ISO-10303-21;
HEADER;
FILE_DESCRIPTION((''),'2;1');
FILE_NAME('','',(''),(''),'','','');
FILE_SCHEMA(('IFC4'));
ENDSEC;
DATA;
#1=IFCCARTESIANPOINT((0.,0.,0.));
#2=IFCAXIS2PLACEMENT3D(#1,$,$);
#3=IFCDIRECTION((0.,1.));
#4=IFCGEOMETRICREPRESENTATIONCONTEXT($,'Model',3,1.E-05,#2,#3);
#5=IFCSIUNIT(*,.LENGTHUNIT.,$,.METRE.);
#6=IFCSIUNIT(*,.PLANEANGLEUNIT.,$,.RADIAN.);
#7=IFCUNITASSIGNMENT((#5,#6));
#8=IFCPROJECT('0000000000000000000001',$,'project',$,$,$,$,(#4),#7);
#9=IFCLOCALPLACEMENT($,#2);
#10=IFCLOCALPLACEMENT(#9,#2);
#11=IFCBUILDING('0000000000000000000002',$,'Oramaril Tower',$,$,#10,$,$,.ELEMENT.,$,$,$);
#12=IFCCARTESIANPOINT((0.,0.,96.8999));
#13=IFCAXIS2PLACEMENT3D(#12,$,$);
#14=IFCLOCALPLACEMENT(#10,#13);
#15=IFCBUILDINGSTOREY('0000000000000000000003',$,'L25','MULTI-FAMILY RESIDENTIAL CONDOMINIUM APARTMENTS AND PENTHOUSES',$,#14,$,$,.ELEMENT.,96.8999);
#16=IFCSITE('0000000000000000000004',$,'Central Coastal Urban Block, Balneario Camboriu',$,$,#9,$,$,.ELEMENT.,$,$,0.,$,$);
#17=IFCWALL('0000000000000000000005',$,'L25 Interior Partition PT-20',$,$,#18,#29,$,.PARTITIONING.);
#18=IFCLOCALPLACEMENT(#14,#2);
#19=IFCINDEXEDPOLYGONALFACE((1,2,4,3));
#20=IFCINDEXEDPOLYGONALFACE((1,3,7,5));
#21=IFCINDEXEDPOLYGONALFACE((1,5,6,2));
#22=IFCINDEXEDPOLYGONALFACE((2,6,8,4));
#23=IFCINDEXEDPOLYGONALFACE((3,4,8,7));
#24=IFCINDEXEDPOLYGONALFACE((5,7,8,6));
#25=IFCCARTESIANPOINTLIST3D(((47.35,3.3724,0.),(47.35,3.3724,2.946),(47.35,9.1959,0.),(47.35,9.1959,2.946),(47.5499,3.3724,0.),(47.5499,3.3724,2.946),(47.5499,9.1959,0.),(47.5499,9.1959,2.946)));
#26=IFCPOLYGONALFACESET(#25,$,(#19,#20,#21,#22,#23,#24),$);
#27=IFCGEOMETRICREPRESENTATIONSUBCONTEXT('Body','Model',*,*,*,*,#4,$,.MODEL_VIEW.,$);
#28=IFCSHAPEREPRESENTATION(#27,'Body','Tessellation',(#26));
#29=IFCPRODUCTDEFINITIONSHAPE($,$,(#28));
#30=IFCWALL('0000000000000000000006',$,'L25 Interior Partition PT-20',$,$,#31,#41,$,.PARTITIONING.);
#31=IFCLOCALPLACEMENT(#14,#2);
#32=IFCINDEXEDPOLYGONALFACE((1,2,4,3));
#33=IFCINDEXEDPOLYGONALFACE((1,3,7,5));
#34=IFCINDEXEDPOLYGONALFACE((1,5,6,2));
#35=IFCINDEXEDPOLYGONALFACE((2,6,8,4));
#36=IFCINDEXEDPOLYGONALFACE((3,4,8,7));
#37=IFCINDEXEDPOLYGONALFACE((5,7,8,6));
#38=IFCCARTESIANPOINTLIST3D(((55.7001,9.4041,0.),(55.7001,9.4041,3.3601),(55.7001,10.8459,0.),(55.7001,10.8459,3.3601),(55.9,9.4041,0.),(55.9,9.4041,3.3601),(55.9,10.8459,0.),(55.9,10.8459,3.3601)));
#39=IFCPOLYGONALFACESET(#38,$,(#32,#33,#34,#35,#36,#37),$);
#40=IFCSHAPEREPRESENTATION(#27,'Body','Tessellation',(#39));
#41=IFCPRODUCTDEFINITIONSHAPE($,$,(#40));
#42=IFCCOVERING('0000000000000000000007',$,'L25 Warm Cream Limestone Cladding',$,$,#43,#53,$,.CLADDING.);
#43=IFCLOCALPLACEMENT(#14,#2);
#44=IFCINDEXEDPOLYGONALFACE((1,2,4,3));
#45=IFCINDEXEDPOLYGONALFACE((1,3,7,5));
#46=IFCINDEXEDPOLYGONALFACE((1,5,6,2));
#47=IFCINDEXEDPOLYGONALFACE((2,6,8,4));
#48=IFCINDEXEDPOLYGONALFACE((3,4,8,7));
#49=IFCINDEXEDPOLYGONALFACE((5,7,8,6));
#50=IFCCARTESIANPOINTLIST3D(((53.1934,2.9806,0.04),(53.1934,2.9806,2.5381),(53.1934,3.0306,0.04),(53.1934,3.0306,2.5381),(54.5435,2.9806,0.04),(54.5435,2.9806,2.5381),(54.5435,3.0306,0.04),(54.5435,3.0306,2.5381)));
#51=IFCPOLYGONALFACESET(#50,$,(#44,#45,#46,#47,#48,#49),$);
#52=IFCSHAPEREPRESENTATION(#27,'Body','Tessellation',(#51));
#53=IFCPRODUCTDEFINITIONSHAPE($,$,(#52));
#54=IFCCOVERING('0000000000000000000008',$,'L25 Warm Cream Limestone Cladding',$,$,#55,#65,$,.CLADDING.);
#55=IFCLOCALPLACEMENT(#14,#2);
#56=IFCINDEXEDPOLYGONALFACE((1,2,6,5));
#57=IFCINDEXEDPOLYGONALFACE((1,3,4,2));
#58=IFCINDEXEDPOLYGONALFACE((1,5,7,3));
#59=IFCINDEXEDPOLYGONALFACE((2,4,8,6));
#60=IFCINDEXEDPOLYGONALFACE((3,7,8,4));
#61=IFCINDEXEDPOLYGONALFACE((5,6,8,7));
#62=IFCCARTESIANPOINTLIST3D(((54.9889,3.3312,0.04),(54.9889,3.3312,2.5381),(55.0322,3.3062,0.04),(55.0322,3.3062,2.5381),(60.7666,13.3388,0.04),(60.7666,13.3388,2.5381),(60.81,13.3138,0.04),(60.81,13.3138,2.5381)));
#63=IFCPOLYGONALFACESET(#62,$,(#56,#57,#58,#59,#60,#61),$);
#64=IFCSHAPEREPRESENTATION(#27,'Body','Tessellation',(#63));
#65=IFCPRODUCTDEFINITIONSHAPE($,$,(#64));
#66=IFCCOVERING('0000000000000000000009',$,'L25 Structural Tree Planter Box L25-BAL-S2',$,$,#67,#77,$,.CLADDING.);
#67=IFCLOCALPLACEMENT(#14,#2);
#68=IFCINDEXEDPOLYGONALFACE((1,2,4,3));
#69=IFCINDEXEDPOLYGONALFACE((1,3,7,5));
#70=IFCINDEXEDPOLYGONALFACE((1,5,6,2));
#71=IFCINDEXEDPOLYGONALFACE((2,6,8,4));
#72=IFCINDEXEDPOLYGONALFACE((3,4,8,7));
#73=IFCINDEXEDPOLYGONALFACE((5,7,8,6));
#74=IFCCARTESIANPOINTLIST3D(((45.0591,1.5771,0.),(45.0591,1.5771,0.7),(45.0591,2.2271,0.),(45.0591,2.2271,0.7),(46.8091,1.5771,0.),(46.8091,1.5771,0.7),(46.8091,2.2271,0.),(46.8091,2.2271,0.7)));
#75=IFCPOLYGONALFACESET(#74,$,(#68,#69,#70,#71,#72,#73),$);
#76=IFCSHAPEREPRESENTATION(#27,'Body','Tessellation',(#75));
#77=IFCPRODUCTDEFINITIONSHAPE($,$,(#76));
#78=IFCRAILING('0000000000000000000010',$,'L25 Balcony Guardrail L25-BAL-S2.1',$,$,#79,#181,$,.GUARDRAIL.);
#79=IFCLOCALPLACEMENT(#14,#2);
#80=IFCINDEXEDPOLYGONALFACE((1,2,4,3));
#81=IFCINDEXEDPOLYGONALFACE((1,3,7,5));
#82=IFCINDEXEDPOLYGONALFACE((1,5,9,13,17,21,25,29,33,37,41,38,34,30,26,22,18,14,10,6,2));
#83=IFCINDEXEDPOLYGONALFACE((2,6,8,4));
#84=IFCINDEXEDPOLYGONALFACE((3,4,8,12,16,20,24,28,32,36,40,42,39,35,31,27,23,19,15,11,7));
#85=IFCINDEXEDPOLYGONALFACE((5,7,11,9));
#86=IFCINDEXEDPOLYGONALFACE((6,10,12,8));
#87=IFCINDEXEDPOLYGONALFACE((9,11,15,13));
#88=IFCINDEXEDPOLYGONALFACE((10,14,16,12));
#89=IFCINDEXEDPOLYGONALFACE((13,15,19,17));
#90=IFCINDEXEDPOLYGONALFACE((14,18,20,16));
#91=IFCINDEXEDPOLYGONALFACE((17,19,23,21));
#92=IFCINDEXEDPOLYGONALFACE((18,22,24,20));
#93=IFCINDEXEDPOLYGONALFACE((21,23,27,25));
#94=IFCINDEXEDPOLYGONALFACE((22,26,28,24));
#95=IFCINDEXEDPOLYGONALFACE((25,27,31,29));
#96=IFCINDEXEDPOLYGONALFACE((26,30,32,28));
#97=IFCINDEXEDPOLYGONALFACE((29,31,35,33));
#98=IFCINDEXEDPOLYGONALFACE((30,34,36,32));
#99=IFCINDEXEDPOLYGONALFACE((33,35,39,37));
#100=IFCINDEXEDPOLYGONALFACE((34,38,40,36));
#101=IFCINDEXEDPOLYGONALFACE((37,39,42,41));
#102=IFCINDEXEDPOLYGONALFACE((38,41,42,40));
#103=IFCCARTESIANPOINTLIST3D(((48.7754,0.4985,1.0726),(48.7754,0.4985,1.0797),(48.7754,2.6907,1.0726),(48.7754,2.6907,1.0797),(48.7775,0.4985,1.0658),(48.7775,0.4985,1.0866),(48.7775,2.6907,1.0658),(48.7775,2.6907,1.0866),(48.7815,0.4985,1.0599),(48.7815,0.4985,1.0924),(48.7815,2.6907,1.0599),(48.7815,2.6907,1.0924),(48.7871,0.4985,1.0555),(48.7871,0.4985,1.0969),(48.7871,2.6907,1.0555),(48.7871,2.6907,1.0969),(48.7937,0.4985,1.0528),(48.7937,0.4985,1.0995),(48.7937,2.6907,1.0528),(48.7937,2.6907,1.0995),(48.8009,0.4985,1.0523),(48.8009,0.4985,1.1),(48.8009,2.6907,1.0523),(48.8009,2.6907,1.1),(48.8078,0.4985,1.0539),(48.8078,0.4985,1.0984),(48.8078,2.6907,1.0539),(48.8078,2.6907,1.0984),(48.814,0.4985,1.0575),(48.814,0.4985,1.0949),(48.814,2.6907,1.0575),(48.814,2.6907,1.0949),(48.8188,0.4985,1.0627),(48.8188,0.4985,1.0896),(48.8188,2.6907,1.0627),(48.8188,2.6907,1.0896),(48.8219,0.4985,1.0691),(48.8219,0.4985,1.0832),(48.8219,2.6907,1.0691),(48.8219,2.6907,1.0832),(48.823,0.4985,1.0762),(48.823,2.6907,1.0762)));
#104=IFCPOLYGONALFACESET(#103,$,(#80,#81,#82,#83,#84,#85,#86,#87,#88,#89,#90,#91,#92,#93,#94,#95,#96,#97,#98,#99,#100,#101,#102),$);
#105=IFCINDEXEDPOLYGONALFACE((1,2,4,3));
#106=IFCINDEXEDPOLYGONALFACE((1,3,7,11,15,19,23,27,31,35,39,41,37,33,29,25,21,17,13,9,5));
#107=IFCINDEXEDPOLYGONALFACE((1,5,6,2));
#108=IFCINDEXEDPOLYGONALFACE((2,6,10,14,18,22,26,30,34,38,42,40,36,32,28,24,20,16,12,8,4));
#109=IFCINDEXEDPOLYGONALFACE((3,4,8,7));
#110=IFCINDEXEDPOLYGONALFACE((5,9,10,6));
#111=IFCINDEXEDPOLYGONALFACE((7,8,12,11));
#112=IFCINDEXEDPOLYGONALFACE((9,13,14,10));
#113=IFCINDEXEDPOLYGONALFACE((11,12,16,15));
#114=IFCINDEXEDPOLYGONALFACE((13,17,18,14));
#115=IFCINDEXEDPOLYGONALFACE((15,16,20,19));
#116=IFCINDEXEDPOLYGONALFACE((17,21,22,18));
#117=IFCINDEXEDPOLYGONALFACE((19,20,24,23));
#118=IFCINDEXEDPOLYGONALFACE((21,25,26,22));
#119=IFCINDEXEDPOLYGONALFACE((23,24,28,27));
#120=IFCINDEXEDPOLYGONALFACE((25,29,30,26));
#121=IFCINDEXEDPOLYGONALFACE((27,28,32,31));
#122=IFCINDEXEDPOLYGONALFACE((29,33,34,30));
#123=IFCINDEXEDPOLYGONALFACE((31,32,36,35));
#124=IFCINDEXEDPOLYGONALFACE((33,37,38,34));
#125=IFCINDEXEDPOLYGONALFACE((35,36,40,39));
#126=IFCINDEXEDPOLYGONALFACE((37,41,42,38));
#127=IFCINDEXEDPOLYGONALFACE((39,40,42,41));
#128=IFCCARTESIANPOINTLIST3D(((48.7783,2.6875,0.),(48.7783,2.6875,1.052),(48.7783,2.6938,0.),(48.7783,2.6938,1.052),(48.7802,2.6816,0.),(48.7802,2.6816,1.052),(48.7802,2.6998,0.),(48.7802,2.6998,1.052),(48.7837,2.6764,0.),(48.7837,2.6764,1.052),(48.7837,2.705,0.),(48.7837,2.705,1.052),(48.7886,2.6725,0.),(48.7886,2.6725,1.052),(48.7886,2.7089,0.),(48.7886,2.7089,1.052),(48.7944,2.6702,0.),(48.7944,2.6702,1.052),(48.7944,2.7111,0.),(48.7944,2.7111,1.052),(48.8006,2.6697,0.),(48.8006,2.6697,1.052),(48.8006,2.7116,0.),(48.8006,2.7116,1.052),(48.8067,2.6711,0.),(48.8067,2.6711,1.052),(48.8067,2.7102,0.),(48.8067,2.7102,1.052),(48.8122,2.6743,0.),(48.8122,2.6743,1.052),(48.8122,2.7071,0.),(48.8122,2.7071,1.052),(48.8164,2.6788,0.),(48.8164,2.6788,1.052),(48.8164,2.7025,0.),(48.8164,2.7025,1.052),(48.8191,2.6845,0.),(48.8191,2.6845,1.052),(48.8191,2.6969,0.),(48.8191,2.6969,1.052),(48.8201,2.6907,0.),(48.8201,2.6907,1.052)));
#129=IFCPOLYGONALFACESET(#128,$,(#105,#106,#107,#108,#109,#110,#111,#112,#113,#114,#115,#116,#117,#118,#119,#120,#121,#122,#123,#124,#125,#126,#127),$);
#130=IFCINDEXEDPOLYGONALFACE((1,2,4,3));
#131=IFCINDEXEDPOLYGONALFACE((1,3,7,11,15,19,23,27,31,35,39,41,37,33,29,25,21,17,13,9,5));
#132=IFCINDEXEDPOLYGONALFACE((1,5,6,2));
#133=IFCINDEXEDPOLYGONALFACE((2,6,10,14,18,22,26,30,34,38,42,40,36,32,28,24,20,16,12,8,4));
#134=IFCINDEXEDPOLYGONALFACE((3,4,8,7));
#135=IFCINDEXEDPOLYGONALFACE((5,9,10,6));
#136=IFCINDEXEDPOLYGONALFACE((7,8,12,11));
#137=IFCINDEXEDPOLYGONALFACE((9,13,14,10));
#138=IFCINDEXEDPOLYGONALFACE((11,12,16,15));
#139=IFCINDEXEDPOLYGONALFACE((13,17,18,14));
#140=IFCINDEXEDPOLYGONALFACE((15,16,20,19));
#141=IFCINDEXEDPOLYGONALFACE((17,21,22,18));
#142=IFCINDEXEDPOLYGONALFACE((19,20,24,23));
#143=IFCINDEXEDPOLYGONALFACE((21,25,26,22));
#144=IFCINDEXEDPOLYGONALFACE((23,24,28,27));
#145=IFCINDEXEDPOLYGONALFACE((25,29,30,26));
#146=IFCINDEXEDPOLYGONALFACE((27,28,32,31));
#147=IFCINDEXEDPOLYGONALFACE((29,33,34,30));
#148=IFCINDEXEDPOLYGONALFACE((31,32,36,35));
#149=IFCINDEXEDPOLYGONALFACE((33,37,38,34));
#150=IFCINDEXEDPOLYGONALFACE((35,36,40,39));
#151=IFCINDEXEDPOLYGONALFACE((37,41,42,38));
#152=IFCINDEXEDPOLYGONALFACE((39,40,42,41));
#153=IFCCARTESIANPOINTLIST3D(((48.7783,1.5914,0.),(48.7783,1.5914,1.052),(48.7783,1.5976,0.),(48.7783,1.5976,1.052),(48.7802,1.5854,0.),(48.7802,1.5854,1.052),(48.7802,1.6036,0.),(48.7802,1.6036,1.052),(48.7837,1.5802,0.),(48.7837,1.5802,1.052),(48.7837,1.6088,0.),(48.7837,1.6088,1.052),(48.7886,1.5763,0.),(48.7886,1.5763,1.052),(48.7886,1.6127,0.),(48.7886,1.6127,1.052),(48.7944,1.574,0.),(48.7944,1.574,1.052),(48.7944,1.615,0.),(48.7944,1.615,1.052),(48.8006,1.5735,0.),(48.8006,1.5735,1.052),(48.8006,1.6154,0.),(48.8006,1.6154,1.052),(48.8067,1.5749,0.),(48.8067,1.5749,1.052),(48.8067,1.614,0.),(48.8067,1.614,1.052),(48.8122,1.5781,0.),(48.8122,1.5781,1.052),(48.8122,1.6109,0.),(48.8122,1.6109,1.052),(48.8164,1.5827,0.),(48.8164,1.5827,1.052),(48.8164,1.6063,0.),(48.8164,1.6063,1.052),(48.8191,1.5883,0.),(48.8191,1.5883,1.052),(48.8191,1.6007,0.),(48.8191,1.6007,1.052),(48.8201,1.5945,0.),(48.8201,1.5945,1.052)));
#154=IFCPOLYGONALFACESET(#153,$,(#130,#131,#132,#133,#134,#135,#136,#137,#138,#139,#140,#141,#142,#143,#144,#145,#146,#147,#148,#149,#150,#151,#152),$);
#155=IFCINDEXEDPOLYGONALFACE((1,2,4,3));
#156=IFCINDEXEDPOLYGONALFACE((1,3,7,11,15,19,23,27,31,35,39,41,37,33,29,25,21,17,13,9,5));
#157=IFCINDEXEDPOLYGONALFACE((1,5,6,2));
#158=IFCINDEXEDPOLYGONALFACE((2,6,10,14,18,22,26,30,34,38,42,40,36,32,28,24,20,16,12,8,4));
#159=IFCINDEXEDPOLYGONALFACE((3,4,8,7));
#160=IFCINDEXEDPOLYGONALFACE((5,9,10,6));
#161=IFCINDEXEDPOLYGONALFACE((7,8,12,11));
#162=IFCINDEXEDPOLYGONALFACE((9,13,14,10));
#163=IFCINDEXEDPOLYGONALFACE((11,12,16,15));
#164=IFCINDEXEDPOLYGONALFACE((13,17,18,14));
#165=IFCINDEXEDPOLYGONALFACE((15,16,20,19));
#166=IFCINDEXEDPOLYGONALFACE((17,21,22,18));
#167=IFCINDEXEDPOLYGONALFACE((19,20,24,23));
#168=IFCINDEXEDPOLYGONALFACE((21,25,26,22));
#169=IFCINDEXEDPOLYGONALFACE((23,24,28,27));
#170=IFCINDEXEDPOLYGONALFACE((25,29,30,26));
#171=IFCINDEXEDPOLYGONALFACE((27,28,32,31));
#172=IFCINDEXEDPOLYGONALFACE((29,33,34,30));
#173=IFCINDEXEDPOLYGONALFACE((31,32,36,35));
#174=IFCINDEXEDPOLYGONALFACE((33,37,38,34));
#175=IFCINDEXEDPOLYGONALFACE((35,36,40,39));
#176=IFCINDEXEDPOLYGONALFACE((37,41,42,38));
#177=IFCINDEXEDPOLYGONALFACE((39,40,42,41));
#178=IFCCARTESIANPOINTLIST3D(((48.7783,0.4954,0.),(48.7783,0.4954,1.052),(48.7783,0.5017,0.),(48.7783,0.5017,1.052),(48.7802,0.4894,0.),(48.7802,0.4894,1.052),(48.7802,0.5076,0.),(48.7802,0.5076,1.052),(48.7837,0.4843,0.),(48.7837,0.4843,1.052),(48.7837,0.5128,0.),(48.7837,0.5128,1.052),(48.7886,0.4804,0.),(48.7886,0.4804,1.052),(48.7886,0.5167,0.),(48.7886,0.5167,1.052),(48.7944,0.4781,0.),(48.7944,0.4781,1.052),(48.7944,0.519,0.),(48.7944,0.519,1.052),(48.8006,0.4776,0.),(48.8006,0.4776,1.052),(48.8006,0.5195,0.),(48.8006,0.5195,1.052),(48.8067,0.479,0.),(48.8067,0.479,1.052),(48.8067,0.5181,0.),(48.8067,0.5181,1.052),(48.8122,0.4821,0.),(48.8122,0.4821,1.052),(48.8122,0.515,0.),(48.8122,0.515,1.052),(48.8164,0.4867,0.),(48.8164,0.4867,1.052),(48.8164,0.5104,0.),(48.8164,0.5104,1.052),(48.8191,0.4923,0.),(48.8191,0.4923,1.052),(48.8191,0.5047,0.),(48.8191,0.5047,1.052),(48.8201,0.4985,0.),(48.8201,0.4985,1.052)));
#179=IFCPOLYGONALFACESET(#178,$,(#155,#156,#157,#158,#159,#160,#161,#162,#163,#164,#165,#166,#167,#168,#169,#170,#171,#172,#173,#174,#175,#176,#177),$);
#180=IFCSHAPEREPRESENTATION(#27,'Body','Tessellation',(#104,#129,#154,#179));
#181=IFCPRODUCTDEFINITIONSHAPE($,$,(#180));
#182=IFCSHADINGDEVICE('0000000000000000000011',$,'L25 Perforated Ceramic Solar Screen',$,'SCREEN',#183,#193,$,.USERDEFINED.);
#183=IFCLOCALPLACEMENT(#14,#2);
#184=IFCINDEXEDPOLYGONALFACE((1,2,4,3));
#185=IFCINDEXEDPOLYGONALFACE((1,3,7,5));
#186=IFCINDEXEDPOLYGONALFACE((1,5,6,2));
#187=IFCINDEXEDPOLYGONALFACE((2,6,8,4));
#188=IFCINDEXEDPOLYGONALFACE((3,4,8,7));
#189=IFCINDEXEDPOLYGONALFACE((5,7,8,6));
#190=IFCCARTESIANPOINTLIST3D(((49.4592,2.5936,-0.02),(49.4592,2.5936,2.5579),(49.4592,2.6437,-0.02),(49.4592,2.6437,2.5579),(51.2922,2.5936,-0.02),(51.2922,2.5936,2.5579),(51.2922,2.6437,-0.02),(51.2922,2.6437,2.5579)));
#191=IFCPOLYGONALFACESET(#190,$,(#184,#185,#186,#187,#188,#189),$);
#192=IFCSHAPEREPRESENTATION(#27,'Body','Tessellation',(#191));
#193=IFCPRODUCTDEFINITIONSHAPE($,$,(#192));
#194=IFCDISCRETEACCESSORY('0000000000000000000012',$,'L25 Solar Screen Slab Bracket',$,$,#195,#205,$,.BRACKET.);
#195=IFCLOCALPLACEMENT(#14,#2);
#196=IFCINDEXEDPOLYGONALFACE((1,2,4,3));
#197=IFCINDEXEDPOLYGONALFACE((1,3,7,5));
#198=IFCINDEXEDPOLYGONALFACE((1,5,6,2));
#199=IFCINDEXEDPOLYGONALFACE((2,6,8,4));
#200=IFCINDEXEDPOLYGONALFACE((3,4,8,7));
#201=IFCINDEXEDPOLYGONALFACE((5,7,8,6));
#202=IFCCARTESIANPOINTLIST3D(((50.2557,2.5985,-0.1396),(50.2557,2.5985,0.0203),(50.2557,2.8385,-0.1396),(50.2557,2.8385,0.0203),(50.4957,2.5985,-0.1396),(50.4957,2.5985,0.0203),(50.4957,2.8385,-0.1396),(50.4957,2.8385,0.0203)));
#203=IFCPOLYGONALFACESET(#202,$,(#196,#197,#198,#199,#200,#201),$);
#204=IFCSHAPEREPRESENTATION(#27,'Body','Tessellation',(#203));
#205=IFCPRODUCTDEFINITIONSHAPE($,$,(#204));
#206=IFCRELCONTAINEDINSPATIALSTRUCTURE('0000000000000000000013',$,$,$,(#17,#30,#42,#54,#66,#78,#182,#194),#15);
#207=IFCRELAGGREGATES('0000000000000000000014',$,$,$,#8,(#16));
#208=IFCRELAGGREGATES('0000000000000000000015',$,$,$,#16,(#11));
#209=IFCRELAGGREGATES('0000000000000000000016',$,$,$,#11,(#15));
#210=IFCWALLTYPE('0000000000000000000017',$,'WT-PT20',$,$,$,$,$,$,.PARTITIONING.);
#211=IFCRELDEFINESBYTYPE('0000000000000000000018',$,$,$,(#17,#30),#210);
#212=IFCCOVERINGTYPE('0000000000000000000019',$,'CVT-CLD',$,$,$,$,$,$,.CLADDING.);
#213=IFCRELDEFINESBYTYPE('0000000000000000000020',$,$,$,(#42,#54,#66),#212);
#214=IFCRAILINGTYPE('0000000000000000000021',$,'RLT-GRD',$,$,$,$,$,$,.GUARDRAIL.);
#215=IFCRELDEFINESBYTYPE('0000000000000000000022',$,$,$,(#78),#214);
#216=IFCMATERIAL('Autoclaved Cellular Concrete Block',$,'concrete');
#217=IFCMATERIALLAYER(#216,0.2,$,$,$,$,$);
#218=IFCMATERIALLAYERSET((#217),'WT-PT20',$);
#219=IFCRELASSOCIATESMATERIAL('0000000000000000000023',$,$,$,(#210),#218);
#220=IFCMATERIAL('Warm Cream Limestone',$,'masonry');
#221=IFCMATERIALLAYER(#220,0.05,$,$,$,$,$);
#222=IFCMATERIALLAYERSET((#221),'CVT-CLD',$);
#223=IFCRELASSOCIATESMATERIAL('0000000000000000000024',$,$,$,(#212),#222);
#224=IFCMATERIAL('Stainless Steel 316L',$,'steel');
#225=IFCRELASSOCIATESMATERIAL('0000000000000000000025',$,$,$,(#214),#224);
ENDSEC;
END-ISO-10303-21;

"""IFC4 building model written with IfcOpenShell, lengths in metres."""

from ifc_helpers import new_model, si_unit, direction, frame, frame_2d, origin, origin_2d, place, context, subcontext, project, spatial, rectangle, circle, extrude, material, layer, layer_set, type_object, element, save


model = new_model("IFC4")

# Units and contexts
model_context = context("Model", 3, precision=1e-05, world=origin(), true_north=direction((0.0, 1.0)))
body_context = subcontext(model_context, "Body", "Model", "MODEL_VIEW")
ifc_project = project(units=[si_unit("LENGTHUNIT", "METRE"), si_unit("PLANEANGLEUNIT", "RADIAN")], contexts=[model_context])

# Site, building, storey
site_placement = place(None, origin())
site = spatial("IfcSite", under=ifc_project, at=site_placement, Name="Central Coastal Urban Block, Balneario Camboriu", CompositionType="ELEMENT", RefElevation=0.0)
building_placement = place(site_placement, origin())
building = spatial("IfcBuilding", under=site, at=building_placement, Name="Oramaril Tower", CompositionType="ELEMENT")
storey_placement = place(building_placement, frame((0.0, 0.0, 96.8999)))
storey = spatial("IfcBuildingStorey", under=building, at=storey_placement, Name="L25", Description="MULTI-FAMILY RESIDENTIAL CONDOMINIUM APARTMENTS AND PENTHOUSES", CompositionType="ELEMENT", Elevation=96.8999)

# Walls
ifc_material_1 = material(Name="Autoclaved Cellular Concrete Block", Category="concrete")
ifc_layer_1 = layer(ifc_material_1, 0.2)
ifc_layer_set_1 = layer_set([ifc_layer_1], Name="WT-PT20")
wall_type_1 = type_object("IfcWallType", Name="WT-PT20", PredefinedType="PARTITIONING", material=ifc_layer_set_1)
wall_1_placement = place(storey_placement, frame((47.45, 3.3726, 0.0), z_axis=(0.0, 0.0, 1.0), x_axis=(0.0, 1.0, 0.0)))
element("IfcWall", 1, at=wall_1_placement, inside=storey, type_object=wall_type_1, Name="L25 Interior Partition PT-20", PredefinedType="PARTITIONING", context=body_context, shape_type="SweptSolid", body=[
    extrude(rectangle(XDim=5.8235, YDim=0.2, at=frame_2d((2.9116, 0.0))), origin(), (0.0, 0.0, 1.0), 2.946),
])
wall_2_placement = place(storey_placement, frame((55.8, 9.4041, 0.0), z_axis=(0.0, 0.0, 1.0), x_axis=(0.0, 1.0, 0.0)))
element("IfcWall", 2, at=wall_2_placement, inside=storey, type_object=wall_type_1, Name="L25 Interior Partition PT-20", PredefinedType="PARTITIONING", context=body_context, shape_type="SweptSolid", body=[
    extrude(rectangle(XDim=1.4419, YDim=0.2, at=frame_2d((0.7209, 0.0))), origin(), (0.0, 0.0, 1.0), 3.3601),
])

# Coverings
ifc_material_2 = material(Name="Warm Cream Limestone", Category="masonry")
ifc_layer_2 = layer(ifc_material_2, 0.05)
ifc_layer_set_2 = layer_set([ifc_layer_2], Name="CVT-CLD")
covering_type = type_object("IfcCoveringType", Name="CVT-CLD", PredefinedType="CLADDING", material=ifc_layer_set_2)
covering_1_placement = place(storey_placement, frame((53.8684, 3.0056, 0.04), z_axis=(0.0, 0.0, 1.0), x_axis=(1.0, 0.0, 0.0)))
element("IfcCovering", 3, at=covering_1_placement, inside=storey, type_object=covering_type, Name="L25 Warm Cream Limestone Cladding", PredefinedType="CLADDING", context=body_context, shape_type="SweptSolid", body=[
    extrude(rectangle(XDim=1.3501, YDim=0.05, at=origin_2d()), origin(), (0.0, 0.0, 1.0), 2.498),
])
covering_2_placement = place(storey_placement, frame((57.8994, 8.3225, 0.04), z_axis=(0.0, 0.0, 1.0), x_axis=(0.499992, 0.86603, 0.0)))
element("IfcCovering", 4, at=covering_2_placement, inside=storey, type_object=covering_type, Name="L25 Warm Cream Limestone Cladding", PredefinedType="CLADDING", context=body_context, shape_type="SweptSolid", body=[
    extrude(rectangle(XDim=11.5557, YDim=0.05, at=origin_2d()), origin(), (0.0, 0.0, 1.0), 2.498),
])
covering_3_placement = place(storey_placement, frame((45.9341, 1.9021, 0.0), z_axis=(0.0, 0.0, 1.0), x_axis=(1.0, 0.0, 0.0)))
element("IfcCovering", 5, at=covering_3_placement, inside=storey, type_object=covering_type, Name="L25 Structural Tree Planter Box L25-BAL-S2", PredefinedType="CLADDING", context=body_context, shape_type="SweptSolid", body=[
    extrude(rectangle(XDim=1.75, YDim=0.6499, at=origin_2d()), origin(), (0.0, 0.0, 1.0), 0.7),
])

# Railing
ifc_material_3 = material(Name="Stainless Steel 316L", Category="steel")
railing_type = type_object("IfcRailingType", Name="RLT-GRD", PredefinedType="GUARDRAIL", material=ifc_material_3)
railing_1_placement = place(storey_placement, frame((48.7991, 2.6907, 0.0)))
element("IfcRailing", 6, at=railing_1_placement, inside=storey, type_object=railing_type, Name="L25 Balcony Guardrail L25-BAL-S2.1", PredefinedType="GUARDRAIL", context=body_context, shape_type="SweptSolid", body=[
    extrude(circle(Radius=0.0239, at=origin_2d()), frame((0.0, 0.0, 1.0762), z_axis=(0.0, -1.0, 0.0), x_axis=(1.0, 0.0, 0.0)), (0.0, 0.0, 1.0), 2.1921),
    extrude(circle(Radius=0.021, at=origin_2d()), origin(), (0.0, 0.0, 1.0), 1.052),
    extrude(circle(Radius=0.021, at=origin_2d()), frame((0.0, -1.0962, 0.0)), (0.0, 0.0, 1.0), 1.052),
    extrude(circle(Radius=0.021, at=origin_2d()), frame((0.0, -2.1921, 0.0)), (0.0, 0.0, 1.0), 1.052),
])

# Shading device
shading_device_placement = place(storey_placement, frame((50.3757, 2.6187, -0.02), z_axis=(0.0, 0.0, 1.0), x_axis=(1.0, 0.0, 0.0)))
element("IfcShadingDevice", 7, at=shading_device_placement, inside=storey, Name="L25 Perforated Ceramic Solar Screen", ObjectType="SCREEN", PredefinedType="USERDEFINED", context=body_context, shape_type="SweptSolid", body=[
    extrude(rectangle(XDim=1.833, YDim=0.05, at=origin_2d()), origin(), (0.0, 0.0, 1.0), 2.5779),
])

# Discrete accessory
discrete_accessory_placement = place(storey_placement, frame((50.3757, 2.7185, -0.1396), z_axis=(0.0, 0.0, 1.0), x_axis=(1.0, 0.0, 0.0)))
element("IfcDiscreteAccessory", 8, at=discrete_accessory_placement, inside=storey, Name="L25 Solar Screen Slab Bracket", PredefinedType="BRACKET", context=body_context, shape_type="SweptSolid", body=[
    extrude(rectangle(XDim=0.24, YDim=0.24, at=origin_2d()), origin(), (0.0, 0.0, 1.0), 0.1599),
])

save(model, "model.ifc")
